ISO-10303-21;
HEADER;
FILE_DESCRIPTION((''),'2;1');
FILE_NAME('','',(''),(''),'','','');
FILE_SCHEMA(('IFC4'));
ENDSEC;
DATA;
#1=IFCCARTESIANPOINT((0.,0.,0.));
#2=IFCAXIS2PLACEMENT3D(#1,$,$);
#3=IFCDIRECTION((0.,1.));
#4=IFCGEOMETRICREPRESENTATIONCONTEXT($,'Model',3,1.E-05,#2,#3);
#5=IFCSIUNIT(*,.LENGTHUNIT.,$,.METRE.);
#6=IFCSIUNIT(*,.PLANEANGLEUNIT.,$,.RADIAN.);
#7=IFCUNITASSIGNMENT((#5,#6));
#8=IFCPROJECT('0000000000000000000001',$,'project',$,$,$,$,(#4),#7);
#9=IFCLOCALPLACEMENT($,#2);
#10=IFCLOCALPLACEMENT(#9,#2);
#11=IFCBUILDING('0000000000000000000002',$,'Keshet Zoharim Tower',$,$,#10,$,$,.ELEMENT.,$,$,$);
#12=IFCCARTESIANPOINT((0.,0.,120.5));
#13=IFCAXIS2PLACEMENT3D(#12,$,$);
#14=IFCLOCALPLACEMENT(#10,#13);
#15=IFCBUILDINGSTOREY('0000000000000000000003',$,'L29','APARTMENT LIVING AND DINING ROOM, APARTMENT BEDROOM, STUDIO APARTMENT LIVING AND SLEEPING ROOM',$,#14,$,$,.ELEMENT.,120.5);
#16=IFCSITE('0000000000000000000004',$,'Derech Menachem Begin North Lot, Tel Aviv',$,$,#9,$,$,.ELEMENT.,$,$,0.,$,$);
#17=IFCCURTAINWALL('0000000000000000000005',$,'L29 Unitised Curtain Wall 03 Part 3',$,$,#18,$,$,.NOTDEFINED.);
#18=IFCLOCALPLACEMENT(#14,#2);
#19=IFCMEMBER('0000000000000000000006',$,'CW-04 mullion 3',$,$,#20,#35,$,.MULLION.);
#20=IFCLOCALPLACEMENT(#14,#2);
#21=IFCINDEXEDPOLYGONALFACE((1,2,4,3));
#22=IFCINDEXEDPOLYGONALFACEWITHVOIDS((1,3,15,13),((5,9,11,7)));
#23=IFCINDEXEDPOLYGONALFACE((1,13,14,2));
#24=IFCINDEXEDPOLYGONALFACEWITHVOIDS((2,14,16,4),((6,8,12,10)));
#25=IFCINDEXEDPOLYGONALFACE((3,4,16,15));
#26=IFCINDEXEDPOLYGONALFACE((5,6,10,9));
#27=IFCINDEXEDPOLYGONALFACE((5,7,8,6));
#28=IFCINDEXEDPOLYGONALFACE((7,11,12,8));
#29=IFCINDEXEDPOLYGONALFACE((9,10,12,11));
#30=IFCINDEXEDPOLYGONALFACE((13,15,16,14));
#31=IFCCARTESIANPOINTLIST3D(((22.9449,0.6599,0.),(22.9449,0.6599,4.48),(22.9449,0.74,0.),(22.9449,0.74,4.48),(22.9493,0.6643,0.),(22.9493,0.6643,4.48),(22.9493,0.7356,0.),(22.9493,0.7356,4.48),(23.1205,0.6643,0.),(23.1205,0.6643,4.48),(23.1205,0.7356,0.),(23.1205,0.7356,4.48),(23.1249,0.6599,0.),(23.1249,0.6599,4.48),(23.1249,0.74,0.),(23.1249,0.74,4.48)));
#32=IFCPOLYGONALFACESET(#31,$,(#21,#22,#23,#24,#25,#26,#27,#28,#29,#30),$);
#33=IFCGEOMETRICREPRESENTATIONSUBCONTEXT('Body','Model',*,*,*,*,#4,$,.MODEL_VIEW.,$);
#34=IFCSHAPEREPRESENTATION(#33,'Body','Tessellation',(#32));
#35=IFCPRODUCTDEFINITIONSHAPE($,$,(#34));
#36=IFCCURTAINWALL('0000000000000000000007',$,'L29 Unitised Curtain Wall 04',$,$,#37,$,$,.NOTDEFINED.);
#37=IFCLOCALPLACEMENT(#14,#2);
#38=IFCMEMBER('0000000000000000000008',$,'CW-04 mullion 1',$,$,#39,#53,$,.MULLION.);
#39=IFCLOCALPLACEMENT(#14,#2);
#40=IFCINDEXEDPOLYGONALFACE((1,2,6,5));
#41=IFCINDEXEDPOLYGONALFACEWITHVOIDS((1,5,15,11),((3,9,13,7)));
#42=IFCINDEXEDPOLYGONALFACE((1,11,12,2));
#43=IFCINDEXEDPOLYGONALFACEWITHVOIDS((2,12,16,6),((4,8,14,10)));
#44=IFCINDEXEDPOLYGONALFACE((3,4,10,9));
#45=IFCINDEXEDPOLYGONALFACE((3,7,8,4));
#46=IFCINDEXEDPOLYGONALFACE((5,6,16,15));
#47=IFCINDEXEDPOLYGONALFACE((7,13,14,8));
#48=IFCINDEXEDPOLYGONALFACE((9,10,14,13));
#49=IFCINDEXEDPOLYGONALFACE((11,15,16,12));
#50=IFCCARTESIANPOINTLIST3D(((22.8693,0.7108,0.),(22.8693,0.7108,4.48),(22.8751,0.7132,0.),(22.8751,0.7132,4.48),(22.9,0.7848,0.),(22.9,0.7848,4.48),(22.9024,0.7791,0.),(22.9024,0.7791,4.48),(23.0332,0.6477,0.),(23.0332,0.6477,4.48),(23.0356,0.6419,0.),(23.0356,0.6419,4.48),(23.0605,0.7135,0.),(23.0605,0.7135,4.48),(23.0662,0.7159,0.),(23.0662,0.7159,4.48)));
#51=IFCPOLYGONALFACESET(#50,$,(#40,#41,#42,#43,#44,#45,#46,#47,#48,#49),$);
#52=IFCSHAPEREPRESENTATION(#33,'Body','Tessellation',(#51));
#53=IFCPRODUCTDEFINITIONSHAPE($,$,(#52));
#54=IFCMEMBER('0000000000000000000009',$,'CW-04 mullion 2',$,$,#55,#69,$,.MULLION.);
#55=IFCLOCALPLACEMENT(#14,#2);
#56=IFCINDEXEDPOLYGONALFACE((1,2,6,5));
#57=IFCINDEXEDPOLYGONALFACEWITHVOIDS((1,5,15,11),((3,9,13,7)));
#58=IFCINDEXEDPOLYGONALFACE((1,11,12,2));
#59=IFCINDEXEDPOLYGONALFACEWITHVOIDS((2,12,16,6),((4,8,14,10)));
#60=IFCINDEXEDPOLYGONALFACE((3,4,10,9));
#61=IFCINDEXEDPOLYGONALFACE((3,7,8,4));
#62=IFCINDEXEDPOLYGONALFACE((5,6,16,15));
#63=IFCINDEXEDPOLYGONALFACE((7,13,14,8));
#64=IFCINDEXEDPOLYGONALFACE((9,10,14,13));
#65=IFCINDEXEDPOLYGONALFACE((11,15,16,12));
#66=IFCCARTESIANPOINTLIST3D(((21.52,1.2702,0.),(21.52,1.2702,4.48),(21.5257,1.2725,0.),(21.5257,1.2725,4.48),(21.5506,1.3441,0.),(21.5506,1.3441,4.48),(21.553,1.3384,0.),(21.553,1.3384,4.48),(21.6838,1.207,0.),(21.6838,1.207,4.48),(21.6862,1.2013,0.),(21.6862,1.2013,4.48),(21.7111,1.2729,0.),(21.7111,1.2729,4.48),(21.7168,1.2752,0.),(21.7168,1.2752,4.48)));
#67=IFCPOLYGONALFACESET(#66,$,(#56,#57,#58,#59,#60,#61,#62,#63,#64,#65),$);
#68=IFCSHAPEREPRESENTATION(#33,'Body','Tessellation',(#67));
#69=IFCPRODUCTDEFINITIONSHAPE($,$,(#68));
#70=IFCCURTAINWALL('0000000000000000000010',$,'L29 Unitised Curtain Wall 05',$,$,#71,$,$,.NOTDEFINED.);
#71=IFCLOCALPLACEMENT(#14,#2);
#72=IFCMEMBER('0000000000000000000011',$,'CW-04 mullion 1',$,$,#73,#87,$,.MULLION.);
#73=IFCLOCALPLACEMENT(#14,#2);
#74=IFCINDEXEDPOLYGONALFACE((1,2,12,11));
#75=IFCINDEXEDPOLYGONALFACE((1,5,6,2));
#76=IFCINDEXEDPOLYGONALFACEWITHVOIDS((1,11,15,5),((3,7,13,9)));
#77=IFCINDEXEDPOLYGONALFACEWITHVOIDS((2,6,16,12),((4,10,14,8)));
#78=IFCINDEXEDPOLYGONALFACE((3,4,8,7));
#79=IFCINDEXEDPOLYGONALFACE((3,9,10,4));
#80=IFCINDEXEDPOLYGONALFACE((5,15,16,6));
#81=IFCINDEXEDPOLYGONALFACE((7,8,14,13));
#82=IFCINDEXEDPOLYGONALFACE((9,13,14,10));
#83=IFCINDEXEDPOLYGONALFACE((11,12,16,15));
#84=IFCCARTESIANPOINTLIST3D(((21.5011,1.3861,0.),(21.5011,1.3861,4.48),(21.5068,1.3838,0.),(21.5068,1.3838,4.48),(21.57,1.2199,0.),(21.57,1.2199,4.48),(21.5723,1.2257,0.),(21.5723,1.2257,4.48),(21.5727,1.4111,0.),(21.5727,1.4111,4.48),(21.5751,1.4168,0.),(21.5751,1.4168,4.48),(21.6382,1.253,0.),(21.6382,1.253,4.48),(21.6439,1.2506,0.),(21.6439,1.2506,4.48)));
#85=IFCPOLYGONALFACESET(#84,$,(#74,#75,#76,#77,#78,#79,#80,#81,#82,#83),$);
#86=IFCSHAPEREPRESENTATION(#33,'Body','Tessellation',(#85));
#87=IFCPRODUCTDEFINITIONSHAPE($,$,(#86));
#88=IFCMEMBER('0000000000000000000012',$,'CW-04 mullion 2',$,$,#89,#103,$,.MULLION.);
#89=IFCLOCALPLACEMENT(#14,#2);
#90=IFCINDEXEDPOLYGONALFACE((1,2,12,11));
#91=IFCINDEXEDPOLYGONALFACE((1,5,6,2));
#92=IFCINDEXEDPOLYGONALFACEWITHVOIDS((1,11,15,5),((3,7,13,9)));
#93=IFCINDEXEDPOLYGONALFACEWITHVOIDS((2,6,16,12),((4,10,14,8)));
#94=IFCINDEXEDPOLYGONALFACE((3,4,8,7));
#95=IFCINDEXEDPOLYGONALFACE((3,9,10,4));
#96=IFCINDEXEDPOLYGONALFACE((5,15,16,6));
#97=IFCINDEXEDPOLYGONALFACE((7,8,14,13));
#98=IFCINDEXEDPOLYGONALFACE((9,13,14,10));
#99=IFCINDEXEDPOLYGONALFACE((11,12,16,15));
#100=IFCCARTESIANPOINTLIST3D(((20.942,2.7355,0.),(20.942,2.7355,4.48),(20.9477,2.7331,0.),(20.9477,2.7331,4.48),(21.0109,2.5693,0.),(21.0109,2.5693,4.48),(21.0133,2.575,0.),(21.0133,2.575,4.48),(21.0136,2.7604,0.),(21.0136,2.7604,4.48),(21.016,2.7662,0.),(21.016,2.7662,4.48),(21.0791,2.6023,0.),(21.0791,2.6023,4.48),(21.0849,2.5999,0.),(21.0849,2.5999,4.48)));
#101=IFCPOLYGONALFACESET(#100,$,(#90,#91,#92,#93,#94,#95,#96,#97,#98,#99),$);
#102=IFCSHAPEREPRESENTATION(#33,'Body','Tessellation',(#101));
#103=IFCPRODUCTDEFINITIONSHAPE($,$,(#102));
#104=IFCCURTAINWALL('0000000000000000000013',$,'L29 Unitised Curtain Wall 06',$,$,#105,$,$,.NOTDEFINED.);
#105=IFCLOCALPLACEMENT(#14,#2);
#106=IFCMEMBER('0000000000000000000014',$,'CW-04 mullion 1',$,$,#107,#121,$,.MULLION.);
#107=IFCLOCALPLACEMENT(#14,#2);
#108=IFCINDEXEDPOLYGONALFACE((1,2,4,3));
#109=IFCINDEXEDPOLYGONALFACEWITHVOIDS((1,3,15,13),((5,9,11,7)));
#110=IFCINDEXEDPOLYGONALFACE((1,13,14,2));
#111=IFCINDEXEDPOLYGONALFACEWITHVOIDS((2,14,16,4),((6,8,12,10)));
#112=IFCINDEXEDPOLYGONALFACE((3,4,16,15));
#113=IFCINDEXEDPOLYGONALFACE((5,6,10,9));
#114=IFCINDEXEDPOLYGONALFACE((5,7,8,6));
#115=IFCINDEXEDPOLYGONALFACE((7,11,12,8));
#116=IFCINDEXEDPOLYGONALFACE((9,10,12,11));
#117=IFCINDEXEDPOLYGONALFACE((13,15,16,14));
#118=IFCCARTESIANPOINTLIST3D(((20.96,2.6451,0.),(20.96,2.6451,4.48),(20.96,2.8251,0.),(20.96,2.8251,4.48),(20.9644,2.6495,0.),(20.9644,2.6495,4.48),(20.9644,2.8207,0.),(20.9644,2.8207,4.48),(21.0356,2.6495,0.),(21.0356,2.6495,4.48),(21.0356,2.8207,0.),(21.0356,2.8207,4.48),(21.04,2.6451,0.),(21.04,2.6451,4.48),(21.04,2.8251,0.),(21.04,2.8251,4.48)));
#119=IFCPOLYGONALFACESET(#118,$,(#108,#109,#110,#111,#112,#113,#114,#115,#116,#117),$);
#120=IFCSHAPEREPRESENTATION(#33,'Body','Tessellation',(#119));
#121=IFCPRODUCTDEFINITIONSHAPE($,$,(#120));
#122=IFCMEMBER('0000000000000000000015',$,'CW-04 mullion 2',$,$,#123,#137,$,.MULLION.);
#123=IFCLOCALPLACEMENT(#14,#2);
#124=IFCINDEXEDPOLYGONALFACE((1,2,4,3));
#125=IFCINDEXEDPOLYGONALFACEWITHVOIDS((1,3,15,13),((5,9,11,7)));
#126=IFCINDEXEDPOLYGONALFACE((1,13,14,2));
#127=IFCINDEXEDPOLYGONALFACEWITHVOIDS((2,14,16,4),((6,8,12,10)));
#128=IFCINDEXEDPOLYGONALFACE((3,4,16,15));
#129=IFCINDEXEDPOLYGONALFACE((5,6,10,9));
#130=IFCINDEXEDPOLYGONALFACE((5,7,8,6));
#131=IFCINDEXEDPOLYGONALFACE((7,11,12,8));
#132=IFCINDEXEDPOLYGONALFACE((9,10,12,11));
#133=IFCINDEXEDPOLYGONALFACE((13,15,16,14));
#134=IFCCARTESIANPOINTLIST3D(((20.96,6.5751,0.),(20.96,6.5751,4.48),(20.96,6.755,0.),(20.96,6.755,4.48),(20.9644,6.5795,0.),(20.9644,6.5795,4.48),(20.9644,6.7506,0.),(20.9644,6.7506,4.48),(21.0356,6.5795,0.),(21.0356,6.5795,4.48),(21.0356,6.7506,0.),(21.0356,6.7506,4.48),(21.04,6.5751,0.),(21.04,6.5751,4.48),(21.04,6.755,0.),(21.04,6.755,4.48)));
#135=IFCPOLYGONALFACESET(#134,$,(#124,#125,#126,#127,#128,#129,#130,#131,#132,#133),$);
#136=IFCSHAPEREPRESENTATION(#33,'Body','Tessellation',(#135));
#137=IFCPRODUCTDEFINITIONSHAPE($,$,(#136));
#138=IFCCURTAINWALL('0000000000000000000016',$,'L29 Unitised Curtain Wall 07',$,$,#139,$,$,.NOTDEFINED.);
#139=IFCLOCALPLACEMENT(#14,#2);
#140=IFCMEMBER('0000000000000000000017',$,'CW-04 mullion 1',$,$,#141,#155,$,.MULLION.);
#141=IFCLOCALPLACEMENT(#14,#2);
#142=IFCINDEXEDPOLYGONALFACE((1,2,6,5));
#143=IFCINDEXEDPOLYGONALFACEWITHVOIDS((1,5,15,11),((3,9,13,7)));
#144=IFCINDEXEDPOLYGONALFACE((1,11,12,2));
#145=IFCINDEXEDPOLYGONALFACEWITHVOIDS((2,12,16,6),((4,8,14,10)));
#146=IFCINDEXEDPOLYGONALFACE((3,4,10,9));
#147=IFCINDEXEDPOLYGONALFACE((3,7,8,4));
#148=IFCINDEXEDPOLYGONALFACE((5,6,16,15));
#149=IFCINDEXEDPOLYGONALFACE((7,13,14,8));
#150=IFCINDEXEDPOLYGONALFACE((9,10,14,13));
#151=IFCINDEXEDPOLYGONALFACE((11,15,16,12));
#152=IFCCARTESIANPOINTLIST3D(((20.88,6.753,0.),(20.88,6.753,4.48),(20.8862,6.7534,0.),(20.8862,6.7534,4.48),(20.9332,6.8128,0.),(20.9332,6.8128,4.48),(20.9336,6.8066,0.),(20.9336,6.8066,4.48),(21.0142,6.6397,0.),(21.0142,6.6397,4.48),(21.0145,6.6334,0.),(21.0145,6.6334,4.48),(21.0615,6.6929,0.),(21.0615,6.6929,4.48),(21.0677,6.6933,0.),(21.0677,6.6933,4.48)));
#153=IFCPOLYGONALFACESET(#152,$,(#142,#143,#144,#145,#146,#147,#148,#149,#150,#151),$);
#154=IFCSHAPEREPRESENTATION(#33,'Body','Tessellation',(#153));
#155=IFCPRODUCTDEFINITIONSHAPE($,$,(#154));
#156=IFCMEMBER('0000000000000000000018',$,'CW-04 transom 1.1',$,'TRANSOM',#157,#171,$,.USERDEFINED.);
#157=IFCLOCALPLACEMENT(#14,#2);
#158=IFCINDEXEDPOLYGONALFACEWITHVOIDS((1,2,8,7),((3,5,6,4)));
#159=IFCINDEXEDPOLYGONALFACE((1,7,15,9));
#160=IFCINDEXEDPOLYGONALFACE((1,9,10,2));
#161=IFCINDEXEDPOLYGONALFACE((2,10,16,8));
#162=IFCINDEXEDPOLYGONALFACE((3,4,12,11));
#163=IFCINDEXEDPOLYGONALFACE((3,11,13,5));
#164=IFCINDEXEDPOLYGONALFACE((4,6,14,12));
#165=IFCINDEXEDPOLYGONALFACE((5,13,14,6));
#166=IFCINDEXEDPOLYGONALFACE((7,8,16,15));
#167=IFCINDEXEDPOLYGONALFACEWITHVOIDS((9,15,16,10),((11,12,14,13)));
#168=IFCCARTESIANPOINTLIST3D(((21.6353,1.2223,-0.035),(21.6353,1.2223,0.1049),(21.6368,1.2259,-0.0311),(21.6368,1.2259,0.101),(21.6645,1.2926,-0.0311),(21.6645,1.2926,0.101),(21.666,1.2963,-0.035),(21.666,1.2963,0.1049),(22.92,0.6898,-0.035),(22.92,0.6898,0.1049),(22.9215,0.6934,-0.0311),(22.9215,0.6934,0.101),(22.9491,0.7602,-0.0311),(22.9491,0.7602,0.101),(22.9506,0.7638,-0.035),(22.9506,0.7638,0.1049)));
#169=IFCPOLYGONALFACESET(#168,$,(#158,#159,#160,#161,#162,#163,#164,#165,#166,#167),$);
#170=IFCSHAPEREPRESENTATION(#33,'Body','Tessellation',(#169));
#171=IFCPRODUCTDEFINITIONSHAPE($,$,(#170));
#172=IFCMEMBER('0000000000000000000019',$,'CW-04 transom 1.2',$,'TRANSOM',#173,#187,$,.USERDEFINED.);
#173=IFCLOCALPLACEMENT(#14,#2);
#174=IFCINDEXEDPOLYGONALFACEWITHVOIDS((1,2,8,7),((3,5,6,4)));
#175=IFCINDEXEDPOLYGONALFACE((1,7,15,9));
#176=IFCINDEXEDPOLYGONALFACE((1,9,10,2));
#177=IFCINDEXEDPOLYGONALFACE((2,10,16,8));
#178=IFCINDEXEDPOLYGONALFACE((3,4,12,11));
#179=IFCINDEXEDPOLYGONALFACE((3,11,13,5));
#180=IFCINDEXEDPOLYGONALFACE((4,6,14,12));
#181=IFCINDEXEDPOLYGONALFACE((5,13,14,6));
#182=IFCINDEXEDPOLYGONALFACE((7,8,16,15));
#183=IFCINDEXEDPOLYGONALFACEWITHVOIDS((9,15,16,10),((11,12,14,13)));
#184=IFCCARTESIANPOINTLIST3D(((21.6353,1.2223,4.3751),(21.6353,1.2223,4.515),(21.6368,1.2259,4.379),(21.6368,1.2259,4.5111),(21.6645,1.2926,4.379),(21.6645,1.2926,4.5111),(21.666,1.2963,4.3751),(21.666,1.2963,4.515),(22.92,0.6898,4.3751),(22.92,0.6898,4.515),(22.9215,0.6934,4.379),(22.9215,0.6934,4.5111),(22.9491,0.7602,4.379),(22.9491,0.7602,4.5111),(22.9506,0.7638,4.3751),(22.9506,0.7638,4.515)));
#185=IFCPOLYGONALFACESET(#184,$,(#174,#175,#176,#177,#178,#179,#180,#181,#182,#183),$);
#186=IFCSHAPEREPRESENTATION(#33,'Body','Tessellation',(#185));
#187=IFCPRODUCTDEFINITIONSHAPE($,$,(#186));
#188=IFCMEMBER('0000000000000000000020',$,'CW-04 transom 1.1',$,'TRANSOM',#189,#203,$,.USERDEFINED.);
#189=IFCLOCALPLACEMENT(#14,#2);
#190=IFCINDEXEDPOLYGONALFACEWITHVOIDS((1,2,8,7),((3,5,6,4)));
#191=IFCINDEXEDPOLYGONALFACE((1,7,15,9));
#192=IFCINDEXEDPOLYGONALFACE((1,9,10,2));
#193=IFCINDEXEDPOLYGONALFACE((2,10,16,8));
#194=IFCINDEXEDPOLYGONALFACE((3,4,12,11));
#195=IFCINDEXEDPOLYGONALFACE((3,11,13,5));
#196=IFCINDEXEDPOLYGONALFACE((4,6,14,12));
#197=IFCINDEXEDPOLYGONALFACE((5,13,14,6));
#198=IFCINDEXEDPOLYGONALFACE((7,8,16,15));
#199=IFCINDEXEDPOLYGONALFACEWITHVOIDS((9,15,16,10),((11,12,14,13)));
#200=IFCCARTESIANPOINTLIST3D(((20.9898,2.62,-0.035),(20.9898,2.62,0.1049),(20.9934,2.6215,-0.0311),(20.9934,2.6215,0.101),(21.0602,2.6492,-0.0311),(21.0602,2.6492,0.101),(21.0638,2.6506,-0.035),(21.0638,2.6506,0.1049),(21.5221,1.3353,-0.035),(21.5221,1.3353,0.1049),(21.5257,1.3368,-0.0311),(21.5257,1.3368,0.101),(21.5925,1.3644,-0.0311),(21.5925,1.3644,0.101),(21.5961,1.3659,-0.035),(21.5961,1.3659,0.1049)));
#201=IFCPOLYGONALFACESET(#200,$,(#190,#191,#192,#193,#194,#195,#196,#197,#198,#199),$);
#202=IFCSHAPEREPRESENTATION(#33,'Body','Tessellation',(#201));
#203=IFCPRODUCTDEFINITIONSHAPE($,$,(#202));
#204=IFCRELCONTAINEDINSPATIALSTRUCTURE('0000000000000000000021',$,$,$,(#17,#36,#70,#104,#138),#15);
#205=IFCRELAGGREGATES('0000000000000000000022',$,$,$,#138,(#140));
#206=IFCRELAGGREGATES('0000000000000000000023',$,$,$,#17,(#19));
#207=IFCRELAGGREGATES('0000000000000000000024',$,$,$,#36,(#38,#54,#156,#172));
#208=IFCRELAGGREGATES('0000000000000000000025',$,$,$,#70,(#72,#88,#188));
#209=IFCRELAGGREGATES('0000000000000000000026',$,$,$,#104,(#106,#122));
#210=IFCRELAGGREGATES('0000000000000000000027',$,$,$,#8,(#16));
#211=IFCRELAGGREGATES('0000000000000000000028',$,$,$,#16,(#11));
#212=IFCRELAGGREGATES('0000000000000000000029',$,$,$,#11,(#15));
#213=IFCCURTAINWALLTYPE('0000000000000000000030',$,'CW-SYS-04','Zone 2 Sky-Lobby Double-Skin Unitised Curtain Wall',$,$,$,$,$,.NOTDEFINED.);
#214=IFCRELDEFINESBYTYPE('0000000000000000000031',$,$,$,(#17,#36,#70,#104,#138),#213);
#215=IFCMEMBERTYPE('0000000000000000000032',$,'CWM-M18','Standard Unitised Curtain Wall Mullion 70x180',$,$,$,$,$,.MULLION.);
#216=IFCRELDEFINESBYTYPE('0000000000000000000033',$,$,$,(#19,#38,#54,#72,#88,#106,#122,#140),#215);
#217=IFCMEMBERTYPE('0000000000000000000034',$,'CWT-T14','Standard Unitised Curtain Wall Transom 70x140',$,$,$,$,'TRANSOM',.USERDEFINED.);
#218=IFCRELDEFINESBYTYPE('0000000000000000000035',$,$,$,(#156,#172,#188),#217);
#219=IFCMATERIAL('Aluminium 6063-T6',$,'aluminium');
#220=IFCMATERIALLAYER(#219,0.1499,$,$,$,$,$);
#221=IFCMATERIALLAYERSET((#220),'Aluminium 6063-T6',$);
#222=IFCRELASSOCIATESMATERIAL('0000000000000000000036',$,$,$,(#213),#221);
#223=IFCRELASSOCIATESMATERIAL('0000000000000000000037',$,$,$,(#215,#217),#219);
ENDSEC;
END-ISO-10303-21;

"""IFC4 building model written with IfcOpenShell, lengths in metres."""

from ifc_helpers import new_model, si_unit, direction, frame, origin, origin_2d, place, context, subcontext, project, spatial, hollow_rectangle, extrude, material, layer, layer_set, material_profile, profile_set, type_object, element, aggregate, save


model = new_model("IFC4")

# Units and contexts
model_context = context("Model", 3, precision=1e-05, world=origin(), true_north=direction((0.0, 1.0)))
body_context = subcontext(model_context, "Body", "Model", "MODEL_VIEW")
ifc_project = project(units=[si_unit("LENGTHUNIT", "METRE"), si_unit("PLANEANGLEUNIT", "RADIAN")], contexts=[model_context])

# Site, building, storey
site_placement = place(None, origin())
site = spatial("IfcSite", under=ifc_project, at=site_placement, Name="Derech Menachem Begin North Lot, Tel Aviv", CompositionType="ELEMENT", RefElevation=0.0)
building_placement = place(site_placement, origin())
building = spatial("IfcBuilding", under=site, at=building_placement, Name="Keshet Zoharim Tower", CompositionType="ELEMENT")
storey_placement = place(building_placement, frame((0.0, 0.0, 120.5)))
storey = spatial("IfcBuildingStorey", under=building, at=storey_placement, Name="L29", Description="APARTMENT LIVING AND DINING ROOM, APARTMENT BEDROOM, STUDIO APARTMENT LIVING AND SLEEPING ROOM", CompositionType="ELEMENT", Elevation=120.5)

# Curtain wall, member
ifc_material_1 = material(Name="Aluminium 6063-T6", Category="aluminium")
ifc_layer_1 = layer(ifc_material_1, 0.1499)
ifc_layer_set_1 = layer_set([ifc_layer_1], Name="Aluminium 6063-T6")
curtain_wall_type = type_object("IfcCurtainWallType", Name="CW-SYS-04", Description="Zone 2 Sky-Lobby Double-Skin Unitised Curtain Wall", PredefinedType="NOTDEFINED", material=ifc_layer_set_1)
curtain_wall_1_placement = place(storey_placement, origin())
curtain_wall_1 = element("IfcCurtainWall", 1, at=curtain_wall_1_placement, inside=storey, type_object=curtain_wall_type, Name="L29 Unitised Curtain Wall 03 Part 3", PredefinedType="NOTDEFINED")
ifc_material_profile_1 = material_profile(ifc_material_1, hollow_rectangle(XDim=0.0801, YDim=0.1799, WallThickness=0.0044, at=origin_2d()), Name="MUL-80x180")
ifc_profile_set_1 = profile_set([ifc_material_profile_1], Name="Aluminium 6063-T6")
member_type_1 = type_object("IfcMemberType", Name="CWM-M18", Description="Standard Unitised Curtain Wall Mullion 70x180", PredefinedType="MULLION", material=ifc_profile_set_1)
member_1_placement = place(storey_placement, frame((23.0349, 0.7, 0.0), z_axis=(0.0, 0.0, 1.0), x_axis=(0.0, -1.0, 0.0)))
member_1 = element("IfcMember", 2, at=member_1_placement, type_object=member_type_1, Name="CW-04 mullion 3", PredefinedType="MULLION", context=body_context, shape_type="SweptSolid", body=[
    extrude(hollow_rectangle(XDim=0.0801, YDim=0.1799, WallThickness=0.0044, at=origin_2d()), origin(), (0.0, 0.0, 1.0), 4.48),
])

# Curtain walls, members
curtain_wall_2_placement = place(storey_placement, origin())
curtain_wall_2 = element("IfcCurtainWall", 3, at=curtain_wall_2_placement, inside=storey, type_object=curtain_wall_type, Name="L29 Unitised Curtain Wall 04", PredefinedType="NOTDEFINED")
member_2_placement = place(storey_placement, frame((22.9678, 0.7134, 0.0), z_axis=(0.0, 0.0, 1.0), x_axis=(-0.382852, -0.92381, 0.0)))
member_2 = element("IfcMember", 4, at=member_2_placement, type_object=member_type_1, Name="CW-04 mullion 1", PredefinedType="MULLION", context=body_context, shape_type="SweptSolid", body=[
    extrude(hollow_rectangle(XDim=0.0801, YDim=0.1799, WallThickness=0.0044, at=origin_2d()), origin(), (0.0, 0.0, 1.0), 4.48),
])
member_3_placement = place(storey_placement, frame((21.6184, 1.2727, 0.0), z_axis=(0.0, 0.0, 1.0), x_axis=(-0.382852, -0.92381, 0.0)))
member_3 = element("IfcMember", 5, at=member_3_placement, type_object=member_type_1, Name="CW-04 mullion 2", PredefinedType="MULLION", context=body_context, shape_type="SweptSolid", body=[
    extrude(hollow_rectangle(XDim=0.0801, YDim=0.1799, WallThickness=0.0044, at=origin_2d()), origin(), (0.0, 0.0, 1.0), 4.48),
])
curtain_wall_3_placement = place(storey_placement, origin())
curtain_wall_3 = element("IfcCurtainWall", 6, at=curtain_wall_3_placement, inside=storey, type_object=curtain_wall_type, Name="L29 Unitised Curtain Wall 05", PredefinedType="NOTDEFINED")
member_4_placement = place(storey_placement, frame((21.5725, 1.3184, 0.0), z_axis=(0.0, 0.0, 1.0), x_axis=(-0.92381, -0.382852, 0.0)))
member_4 = element("IfcMember", 7, at=member_4_placement, type_object=member_type_1, Name="CW-04 mullion 1", PredefinedType="MULLION", context=body_context, shape_type="SweptSolid", body=[
    extrude(hollow_rectangle(XDim=0.0801, YDim=0.1799, WallThickness=0.0044, at=origin_2d()), origin(), (0.0, 0.0, 1.0), 4.48),
])
member_5_placement = place(storey_placement, frame((21.0134, 2.6677, 0.0), z_axis=(0.0, 0.0, 1.0), x_axis=(-0.92381, -0.382852, 0.0)))
member_5 = element("IfcMember", 8, at=member_5_placement, type_object=member_type_1, Name="CW-04 mullion 2", PredefinedType="MULLION", context=body_context, shape_type="SweptSolid", body=[
    extrude(hollow_rectangle(XDim=0.0801, YDim=0.1799, WallThickness=0.0044, at=origin_2d()), origin(), (0.0, 0.0, 1.0), 4.48),
])
curtain_wall_4_placement = place(storey_placement, origin())
curtain_wall_4 = element("IfcCurtainWall", 9, at=curtain_wall_4_placement, inside=storey, type_object=curtain_wall_type, Name="L29 Unitised Curtain Wall 06", PredefinedType="NOTDEFINED")
member_6_placement = place(storey_placement, frame((21.0, 2.7351, 0.0), z_axis=(0.0, 0.0, 1.0), x_axis=(-1.0, 0.0, 0.0)))
member_6 = element("IfcMember", 10, at=member_6_placement, type_object=member_type_1, Name="CW-04 mullion 1", PredefinedType="MULLION", context=body_context, shape_type="SweptSolid", body=[
    extrude(hollow_rectangle(XDim=0.0801, YDim=0.1799, WallThickness=0.0044, at=origin_2d()), origin(), (0.0, 0.0, 1.0), 4.48),
])
member_7_placement = place(storey_placement, frame((21.0, 6.665, 0.0), z_axis=(0.0, 0.0, 1.0), x_axis=(-1.0, 0.0, 0.0)))
member_7 = element("IfcMember", 11, at=member_7_placement, type_object=member_type_1, Name="CW-04 mullion 2", PredefinedType="MULLION", context=body_context, shape_type="SweptSolid", body=[
    extrude(hollow_rectangle(XDim=0.0801, YDim=0.1799, WallThickness=0.0044, at=origin_2d()), origin(), (0.0, 0.0, 1.0), 4.48),
])

# Curtain wall, member
curtain_wall_5_placement = place(storey_placement, origin())
curtain_wall_5 = element("IfcCurtainWall", 12, at=curtain_wall_5_placement, inside=storey, type_object=curtain_wall_type, Name="L29 Unitised Curtain Wall 07", PredefinedType="NOTDEFINED")
member_8_placement = place(storey_placement, frame((20.9739, 6.7231, 0.0), z_axis=(0.0, 0.0, 1.0), x_axis=(-0.664346, -0.747425, 0.0)))
member_8 = element("IfcMember", 13, at=member_8_placement, type_object=member_type_1, Name="CW-04 mullion 1", PredefinedType="MULLION", context=body_context, shape_type="SweptSolid", body=[
    extrude(hollow_rectangle(XDim=0.0801, YDim=0.1799, WallThickness=0.0044, at=origin_2d()), origin(), (0.0, 0.0, 1.0), 4.48),
])

# Members
ifc_material_profile_2 = material_profile(ifc_material_1, hollow_rectangle(XDim=0.0801, YDim=0.1399, WallThickness=0.0039, at=origin_2d()), Name="TRN-80x140")
ifc_profile_set_2 = profile_set([ifc_material_profile_2], Name="Aluminium 6063-T6")
member_type_2 = type_object("IfcMemberType", Name="CWT-T14", Description="Standard Unitised Curtain Wall Transom 70x140", ElementType="TRANSOM", PredefinedType="USERDEFINED", material=ifc_profile_set_2)
member_9_placement = place(storey_placement, frame((22.9353, 0.7268, 0.0349), z_axis=(-0.923792, 0.382894, 0.0), x_axis=(-0.382894, -0.923792, 0.0)))
member_9 = element("IfcMember", 14, at=member_9_placement, type_object=member_type_2, Name="CW-04 transom 1.1", ObjectType="TRANSOM", PredefinedType="USERDEFINED", context=body_context, shape_type="SweptSolid", body=[
    extrude(hollow_rectangle(XDim=0.0801, YDim=0.1399, WallThickness=0.0039, at=origin_2d()), origin(), (0.0, 0.0, 1.0), 1.3906),
])
member_10_placement = place(storey_placement, frame((22.9353, 0.7268, 4.4451), z_axis=(-0.923792, 0.382894, 0.0), x_axis=(-0.382894, -0.923792, 0.0)))
member_10 = element("IfcMember", 15, at=member_10_placement, type_object=member_type_2, Name="CW-04 transom 1.2", ObjectType="TRANSOM", PredefinedType="USERDEFINED", context=body_context, shape_type="SweptSolid", body=[
    extrude(hollow_rectangle(XDim=0.0801, YDim=0.1399, WallThickness=0.0039, at=origin_2d()), origin(), (0.0, 0.0, 1.0), 1.3906),
])
member_11_placement = place(storey_placement, frame((21.5591, 1.3506, 0.0349), z_axis=(-0.382745, 0.923854, 0.0), x_axis=(-0.923854, -0.382745, 0.0)))
member_11 = element("IfcMember", 16, at=member_11_placement, type_object=member_type_2, Name="CW-04 transom 1.1", ObjectType="TRANSOM", PredefinedType="USERDEFINED", context=body_context, shape_type="SweptSolid", body=[
    extrude(hollow_rectangle(XDim=0.0801, YDim=0.1399, WallThickness=0.0039, at=origin_2d()), origin(), (0.0, 0.0, 1.0), 1.3906),
])
aggregate(curtain_wall_5, [member_8])

aggregate(curtain_wall_1, [member_1])
aggregate(curtain_wall_2, [member_2, member_3, member_9, member_10])
aggregate(curtain_wall_3, [member_4, member_5, member_11])
aggregate(curtain_wall_4, [member_6, member_7])

save(model, "model.ifc")
